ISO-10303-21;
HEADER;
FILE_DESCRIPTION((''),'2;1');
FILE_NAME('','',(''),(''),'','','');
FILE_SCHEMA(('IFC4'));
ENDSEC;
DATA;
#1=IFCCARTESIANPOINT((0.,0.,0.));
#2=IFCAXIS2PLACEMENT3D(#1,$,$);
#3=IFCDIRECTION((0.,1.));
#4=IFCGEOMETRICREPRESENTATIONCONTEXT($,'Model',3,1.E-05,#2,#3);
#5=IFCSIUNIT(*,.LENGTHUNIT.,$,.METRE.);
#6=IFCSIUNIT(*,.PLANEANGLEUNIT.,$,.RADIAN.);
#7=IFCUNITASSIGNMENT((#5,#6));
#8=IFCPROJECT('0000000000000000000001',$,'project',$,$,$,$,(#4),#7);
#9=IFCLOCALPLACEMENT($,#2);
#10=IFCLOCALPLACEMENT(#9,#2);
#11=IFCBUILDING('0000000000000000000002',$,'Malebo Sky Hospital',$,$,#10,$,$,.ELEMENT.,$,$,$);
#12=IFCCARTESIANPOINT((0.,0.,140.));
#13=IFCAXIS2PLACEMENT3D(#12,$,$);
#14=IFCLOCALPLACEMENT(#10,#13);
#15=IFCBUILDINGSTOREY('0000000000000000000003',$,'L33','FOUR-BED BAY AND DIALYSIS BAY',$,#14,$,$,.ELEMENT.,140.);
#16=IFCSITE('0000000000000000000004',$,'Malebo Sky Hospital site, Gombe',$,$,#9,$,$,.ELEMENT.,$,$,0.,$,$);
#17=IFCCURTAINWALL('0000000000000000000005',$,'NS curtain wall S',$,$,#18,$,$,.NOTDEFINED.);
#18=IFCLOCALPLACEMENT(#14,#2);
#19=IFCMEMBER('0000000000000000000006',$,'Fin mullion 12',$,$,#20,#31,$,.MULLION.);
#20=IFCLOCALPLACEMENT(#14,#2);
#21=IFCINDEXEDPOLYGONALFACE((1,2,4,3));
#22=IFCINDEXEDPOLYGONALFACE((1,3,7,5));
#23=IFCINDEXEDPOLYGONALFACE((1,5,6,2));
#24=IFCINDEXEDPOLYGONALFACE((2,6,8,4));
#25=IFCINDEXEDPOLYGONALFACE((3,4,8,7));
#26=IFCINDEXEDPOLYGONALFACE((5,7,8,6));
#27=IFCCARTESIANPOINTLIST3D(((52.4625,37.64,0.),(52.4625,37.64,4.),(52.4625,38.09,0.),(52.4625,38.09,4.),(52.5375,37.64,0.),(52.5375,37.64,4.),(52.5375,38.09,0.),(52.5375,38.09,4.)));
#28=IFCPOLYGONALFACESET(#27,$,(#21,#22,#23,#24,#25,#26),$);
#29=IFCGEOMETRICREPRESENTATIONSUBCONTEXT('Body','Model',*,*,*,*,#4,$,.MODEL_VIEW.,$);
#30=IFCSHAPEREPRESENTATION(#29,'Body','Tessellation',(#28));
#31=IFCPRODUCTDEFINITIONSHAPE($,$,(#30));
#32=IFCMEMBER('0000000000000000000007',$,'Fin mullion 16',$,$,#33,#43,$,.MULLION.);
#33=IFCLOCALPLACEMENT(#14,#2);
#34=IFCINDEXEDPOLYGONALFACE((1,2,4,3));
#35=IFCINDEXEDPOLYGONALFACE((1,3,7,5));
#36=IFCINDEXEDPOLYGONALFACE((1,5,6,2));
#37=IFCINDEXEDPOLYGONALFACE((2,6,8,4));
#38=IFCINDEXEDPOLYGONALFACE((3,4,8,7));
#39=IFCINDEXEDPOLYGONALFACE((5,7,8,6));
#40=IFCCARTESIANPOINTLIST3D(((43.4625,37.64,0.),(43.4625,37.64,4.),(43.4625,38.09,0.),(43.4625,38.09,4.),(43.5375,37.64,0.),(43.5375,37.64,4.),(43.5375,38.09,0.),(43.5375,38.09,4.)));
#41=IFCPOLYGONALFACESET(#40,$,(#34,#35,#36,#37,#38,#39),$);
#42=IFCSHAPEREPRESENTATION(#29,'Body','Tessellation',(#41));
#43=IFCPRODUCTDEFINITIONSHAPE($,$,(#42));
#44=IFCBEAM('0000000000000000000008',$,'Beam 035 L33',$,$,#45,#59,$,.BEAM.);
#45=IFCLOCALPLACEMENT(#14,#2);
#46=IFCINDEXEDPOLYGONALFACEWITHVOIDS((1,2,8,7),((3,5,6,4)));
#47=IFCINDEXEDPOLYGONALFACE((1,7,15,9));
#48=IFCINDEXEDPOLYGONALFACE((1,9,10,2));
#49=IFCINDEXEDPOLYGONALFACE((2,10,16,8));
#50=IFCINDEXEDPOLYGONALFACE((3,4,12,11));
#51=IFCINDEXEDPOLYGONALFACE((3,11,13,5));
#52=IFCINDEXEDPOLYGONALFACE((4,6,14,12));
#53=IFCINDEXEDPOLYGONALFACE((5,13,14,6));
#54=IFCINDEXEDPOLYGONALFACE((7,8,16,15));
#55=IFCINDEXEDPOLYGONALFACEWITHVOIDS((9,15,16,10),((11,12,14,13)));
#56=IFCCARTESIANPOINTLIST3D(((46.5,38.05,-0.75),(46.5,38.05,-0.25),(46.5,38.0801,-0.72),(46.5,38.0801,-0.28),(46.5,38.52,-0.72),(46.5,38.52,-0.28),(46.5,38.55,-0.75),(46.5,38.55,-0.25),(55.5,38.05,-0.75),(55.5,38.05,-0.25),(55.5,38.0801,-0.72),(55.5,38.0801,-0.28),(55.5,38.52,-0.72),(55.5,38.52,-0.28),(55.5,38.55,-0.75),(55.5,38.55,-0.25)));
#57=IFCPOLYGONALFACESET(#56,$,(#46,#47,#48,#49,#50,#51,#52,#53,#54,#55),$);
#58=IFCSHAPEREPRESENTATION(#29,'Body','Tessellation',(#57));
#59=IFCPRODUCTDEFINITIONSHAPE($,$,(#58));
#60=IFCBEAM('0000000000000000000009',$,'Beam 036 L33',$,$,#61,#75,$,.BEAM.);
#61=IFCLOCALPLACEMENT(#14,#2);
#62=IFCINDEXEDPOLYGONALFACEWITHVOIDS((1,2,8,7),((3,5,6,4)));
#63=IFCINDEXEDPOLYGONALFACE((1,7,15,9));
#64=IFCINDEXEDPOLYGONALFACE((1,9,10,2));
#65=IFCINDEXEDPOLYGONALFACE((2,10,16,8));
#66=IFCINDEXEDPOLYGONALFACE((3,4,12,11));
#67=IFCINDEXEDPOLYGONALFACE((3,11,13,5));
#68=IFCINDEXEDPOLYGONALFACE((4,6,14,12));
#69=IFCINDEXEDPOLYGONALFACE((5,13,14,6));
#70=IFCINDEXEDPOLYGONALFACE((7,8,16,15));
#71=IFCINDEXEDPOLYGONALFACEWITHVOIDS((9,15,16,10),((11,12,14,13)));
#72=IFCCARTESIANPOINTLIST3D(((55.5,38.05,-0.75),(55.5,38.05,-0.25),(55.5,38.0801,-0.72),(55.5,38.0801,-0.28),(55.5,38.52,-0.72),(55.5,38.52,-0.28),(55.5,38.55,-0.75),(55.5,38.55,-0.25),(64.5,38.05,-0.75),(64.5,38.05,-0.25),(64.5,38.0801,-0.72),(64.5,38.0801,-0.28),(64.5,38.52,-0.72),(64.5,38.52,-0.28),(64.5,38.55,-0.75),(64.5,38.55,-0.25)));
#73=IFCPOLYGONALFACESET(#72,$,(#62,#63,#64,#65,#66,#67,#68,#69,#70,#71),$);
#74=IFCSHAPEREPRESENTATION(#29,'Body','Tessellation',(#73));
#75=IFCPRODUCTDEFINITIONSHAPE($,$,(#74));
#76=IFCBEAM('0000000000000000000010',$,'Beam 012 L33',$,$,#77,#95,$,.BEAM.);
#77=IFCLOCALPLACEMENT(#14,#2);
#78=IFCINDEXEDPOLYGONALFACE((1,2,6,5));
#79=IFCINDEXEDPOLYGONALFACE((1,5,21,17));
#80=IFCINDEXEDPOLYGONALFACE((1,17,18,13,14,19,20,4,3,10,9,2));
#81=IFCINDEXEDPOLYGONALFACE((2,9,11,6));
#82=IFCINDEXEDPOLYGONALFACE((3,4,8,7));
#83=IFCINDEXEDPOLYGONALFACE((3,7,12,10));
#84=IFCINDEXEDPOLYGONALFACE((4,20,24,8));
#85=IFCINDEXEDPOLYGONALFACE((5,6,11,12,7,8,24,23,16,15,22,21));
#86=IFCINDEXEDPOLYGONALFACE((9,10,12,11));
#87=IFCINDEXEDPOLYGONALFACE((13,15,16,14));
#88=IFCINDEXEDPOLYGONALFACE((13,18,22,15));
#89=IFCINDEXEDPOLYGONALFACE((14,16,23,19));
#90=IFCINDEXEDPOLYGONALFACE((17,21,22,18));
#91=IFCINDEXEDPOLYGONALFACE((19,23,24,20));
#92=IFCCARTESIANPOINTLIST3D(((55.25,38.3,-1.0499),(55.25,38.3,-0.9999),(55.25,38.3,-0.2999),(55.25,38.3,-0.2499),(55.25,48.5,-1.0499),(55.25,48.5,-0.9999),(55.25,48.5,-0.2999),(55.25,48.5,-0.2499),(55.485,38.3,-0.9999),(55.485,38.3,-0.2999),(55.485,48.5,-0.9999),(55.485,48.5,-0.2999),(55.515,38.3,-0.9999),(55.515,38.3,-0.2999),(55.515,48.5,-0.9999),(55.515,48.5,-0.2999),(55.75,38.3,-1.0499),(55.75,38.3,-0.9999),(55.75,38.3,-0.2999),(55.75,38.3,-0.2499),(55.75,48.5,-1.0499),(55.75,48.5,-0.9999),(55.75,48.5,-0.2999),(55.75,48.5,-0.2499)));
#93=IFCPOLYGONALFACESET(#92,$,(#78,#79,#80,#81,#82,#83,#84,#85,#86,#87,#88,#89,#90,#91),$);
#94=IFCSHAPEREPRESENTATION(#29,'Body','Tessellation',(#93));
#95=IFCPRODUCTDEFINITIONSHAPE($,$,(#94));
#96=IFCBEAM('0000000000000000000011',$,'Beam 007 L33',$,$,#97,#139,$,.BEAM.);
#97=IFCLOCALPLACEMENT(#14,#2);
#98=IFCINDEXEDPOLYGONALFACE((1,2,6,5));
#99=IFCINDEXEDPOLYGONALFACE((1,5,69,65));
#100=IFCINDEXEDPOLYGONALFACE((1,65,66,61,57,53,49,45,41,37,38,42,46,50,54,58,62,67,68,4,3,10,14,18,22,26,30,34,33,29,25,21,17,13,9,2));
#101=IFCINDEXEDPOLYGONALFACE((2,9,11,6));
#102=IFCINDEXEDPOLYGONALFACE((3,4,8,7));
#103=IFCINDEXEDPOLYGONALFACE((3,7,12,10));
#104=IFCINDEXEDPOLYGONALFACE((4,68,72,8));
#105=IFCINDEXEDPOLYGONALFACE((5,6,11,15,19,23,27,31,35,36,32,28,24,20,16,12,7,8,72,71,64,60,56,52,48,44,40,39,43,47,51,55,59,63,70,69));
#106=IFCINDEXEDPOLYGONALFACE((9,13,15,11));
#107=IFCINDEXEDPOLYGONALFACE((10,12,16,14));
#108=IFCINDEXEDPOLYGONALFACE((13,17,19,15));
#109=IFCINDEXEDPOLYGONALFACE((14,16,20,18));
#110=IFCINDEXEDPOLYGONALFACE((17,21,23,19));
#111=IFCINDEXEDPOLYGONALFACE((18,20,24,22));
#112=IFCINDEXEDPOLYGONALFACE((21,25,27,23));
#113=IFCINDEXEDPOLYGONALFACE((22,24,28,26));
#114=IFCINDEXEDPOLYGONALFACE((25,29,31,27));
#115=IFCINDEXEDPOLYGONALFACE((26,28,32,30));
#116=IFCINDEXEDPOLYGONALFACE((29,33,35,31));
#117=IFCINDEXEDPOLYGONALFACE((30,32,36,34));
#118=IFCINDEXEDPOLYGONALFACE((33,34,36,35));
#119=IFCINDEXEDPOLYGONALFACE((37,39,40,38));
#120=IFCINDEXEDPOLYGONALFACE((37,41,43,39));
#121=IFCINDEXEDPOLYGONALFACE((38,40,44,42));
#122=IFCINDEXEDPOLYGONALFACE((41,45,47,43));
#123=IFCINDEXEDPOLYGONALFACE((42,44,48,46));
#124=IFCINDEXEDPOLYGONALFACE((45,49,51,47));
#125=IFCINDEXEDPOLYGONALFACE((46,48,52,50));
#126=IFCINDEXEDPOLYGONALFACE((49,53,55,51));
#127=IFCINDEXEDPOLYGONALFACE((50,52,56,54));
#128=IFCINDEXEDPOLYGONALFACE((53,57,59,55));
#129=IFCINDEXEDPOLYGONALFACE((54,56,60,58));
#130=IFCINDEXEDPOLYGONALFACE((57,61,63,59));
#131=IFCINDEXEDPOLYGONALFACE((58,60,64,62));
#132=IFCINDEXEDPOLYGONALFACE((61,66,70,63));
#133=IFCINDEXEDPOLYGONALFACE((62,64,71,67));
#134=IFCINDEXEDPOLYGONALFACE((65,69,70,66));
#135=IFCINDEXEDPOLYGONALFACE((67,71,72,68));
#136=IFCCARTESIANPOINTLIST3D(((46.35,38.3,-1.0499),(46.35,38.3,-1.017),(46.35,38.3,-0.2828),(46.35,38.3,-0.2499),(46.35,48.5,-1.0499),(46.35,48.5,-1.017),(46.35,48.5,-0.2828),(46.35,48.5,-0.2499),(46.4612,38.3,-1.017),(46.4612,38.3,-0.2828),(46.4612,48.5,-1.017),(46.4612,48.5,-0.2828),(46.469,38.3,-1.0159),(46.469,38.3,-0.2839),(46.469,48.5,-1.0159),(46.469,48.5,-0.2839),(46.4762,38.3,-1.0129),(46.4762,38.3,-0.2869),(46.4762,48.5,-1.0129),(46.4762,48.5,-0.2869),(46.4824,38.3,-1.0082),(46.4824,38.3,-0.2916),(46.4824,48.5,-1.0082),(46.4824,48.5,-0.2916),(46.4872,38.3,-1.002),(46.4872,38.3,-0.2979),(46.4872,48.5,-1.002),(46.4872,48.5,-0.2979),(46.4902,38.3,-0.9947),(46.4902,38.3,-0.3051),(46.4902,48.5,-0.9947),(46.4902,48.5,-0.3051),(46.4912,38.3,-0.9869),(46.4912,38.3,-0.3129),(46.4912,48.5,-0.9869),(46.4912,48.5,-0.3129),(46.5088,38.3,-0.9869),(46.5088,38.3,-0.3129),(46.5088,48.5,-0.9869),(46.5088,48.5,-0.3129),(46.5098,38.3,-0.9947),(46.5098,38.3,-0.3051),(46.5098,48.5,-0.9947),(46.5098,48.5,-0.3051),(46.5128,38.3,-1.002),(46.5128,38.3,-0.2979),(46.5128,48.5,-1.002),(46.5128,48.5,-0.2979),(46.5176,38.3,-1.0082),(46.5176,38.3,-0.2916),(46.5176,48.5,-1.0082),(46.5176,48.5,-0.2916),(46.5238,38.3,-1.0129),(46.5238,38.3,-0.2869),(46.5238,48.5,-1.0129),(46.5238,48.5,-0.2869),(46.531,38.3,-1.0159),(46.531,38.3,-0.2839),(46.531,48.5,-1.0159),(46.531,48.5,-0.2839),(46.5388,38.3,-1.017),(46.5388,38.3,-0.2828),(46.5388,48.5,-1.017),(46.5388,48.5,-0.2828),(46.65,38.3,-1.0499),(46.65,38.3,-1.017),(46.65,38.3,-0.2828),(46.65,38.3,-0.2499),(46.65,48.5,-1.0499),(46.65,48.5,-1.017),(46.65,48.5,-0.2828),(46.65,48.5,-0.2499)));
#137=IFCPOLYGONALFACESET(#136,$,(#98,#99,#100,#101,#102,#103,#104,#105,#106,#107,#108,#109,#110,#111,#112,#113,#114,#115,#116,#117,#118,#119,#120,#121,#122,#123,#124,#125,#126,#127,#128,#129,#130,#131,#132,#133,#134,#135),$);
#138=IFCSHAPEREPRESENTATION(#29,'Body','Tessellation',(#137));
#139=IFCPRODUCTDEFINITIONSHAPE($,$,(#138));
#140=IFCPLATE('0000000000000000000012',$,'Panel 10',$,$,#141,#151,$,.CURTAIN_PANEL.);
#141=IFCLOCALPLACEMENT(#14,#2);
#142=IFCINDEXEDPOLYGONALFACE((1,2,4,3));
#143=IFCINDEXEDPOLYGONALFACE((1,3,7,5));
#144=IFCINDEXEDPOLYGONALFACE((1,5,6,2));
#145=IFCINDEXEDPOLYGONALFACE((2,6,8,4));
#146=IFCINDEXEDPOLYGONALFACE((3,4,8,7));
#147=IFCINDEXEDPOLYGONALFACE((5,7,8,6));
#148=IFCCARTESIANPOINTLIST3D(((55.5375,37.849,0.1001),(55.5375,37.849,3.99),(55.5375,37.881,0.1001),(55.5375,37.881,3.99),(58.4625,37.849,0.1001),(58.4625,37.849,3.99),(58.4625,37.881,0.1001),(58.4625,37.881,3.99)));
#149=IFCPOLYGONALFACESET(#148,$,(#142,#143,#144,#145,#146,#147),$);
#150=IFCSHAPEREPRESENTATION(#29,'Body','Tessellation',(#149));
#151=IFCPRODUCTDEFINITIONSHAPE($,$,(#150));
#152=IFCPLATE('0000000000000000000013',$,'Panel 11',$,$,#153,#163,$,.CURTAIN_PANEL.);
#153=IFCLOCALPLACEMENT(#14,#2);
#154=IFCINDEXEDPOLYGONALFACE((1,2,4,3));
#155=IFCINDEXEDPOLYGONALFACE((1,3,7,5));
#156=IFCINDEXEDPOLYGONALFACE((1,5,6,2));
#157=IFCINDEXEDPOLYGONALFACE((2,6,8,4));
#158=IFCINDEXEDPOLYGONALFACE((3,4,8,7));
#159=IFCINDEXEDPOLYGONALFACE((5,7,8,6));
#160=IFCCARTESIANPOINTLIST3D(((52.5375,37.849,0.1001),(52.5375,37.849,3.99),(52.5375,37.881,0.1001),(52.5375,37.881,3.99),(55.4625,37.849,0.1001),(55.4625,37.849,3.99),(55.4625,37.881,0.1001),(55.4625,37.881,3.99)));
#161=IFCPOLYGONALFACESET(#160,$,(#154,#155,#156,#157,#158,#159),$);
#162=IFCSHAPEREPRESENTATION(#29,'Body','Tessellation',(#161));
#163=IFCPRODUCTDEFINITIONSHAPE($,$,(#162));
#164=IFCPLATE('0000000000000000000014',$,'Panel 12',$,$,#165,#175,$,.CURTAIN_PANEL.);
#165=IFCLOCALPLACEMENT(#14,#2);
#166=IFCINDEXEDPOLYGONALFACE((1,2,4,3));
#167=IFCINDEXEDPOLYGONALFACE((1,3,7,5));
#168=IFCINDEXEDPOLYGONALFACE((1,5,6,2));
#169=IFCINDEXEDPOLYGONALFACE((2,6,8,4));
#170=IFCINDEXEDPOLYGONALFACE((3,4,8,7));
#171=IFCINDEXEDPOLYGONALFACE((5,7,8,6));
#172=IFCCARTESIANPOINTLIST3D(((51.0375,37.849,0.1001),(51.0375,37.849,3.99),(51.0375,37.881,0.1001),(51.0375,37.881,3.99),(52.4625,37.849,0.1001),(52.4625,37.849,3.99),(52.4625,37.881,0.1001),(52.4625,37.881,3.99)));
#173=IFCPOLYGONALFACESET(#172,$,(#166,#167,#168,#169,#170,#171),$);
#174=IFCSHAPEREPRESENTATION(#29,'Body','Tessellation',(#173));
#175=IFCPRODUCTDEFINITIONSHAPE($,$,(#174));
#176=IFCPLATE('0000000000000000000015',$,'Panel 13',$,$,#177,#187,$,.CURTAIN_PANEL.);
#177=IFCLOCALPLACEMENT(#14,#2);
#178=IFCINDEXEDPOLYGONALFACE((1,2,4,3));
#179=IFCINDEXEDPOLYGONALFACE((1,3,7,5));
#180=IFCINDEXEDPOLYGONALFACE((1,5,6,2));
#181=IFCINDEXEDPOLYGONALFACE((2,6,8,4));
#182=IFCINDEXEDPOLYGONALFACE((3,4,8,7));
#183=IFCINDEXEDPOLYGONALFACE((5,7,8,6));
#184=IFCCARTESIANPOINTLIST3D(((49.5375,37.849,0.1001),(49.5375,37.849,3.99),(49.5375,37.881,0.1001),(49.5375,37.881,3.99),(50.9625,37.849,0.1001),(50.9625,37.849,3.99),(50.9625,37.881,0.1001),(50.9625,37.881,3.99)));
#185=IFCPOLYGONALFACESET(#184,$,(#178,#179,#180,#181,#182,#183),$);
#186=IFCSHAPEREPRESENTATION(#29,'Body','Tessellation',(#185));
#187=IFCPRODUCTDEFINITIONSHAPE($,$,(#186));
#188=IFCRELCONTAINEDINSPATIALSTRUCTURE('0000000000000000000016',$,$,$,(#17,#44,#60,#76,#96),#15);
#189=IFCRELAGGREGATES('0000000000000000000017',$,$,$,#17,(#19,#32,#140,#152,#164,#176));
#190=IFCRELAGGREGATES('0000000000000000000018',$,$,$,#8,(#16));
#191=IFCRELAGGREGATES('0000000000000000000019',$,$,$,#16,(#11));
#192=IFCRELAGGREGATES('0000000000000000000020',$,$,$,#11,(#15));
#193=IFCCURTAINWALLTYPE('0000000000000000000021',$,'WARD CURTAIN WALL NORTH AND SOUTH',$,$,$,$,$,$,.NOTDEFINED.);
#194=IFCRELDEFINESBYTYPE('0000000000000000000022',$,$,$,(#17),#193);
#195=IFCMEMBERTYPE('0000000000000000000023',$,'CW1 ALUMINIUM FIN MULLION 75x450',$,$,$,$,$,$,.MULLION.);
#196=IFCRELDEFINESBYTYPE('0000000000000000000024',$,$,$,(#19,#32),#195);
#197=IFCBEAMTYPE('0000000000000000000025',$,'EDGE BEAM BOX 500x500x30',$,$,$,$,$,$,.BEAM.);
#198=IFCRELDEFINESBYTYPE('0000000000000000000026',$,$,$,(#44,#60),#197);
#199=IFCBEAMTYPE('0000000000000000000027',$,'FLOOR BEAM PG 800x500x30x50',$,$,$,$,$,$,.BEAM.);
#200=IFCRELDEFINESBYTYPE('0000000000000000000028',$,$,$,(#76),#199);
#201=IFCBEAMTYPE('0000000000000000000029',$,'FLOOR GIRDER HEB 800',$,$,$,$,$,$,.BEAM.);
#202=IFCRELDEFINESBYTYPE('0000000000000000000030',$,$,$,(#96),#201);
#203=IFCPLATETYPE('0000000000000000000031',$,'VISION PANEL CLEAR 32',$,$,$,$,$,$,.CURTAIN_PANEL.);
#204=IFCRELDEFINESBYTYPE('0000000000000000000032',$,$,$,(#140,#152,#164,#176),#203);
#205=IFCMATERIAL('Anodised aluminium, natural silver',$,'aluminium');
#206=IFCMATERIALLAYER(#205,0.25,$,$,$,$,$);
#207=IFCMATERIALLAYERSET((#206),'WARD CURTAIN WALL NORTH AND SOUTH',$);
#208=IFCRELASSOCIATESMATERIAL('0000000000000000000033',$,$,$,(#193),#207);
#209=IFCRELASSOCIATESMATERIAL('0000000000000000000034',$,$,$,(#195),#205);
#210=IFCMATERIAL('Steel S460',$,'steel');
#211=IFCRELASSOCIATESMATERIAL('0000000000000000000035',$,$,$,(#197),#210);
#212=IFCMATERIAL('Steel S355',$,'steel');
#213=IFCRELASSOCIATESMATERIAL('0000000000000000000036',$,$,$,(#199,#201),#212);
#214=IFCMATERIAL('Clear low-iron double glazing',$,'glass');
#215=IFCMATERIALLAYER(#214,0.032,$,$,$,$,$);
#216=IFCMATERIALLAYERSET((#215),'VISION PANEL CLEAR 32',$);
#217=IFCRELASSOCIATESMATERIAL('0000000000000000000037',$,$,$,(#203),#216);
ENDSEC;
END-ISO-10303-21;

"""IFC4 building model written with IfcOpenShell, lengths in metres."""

from ifc_helpers import new_model, si_unit, direction, frame, origin, origin_2d, place, context, subcontext, project, spatial, rectangle, hollow_rectangle, i_section, extrude, material, layer, layer_set, material_profile, profile_set, type_object, element, aggregate, save


model = new_model("IFC4")

# Units and contexts
model_context = context("Model", 3, precision=1e-05, world=origin(), true_north=direction((0.0, 1.0)))
body_context = subcontext(model_context, "Body", "Model", "MODEL_VIEW")
ifc_project = project(units=[si_unit("LENGTHUNIT", "METRE"), si_unit("PLANEANGLEUNIT", "RADIAN")], contexts=[model_context])

# Site, building, storey
site_placement = place(None, origin())
site = spatial("IfcSite", under=ifc_project, at=site_placement, Name="Malebo Sky Hospital site, Gombe", CompositionType="ELEMENT", RefElevation=0.0)
building_placement = place(site_placement, origin())
building = spatial("IfcBuilding", under=site, at=building_placement, Name="Malebo Sky Hospital", CompositionType="ELEMENT")
storey_placement = place(building_placement, frame((0.0, 0.0, 140.0)))
storey = spatial("IfcBuildingStorey", under=building, at=storey_placement, Name="L33", Description="FOUR-BED BAY AND DIALYSIS BAY", CompositionType="ELEMENT", Elevation=140.0)

# Shared definitions
ifc_material_1 = material(Name="Steel S460", Category="steel")

# Curtain wall, members
ifc_material_2 = material(Name="Anodised aluminium, natural silver", Category="aluminium")
ifc_layer_1 = layer(ifc_material_2, 0.25)
ifc_layer_set_1 = layer_set([ifc_layer_1], Name="WARD CURTAIN WALL NORTH AND SOUTH")
curtain_wall_type = type_object("IfcCurtainWallType", Name="WARD CURTAIN WALL NORTH AND SOUTH", PredefinedType="NOTDEFINED", material=ifc_layer_set_1)
curtain_wall_placement = place(storey_placement, origin())
curtain_wall = element("IfcCurtainWall", 1, at=curtain_wall_placement, inside=storey, type_object=curtain_wall_type, Name="NS curtain wall S", PredefinedType="NOTDEFINED")
ifc_material_profile_1 = material_profile(ifc_material_2, rectangle(XDim=0.075, YDim=0.45, at=origin_2d()), Name="CW1 ALUMINIUM FIN MULLION 75x450")
ifc_profile_set_1 = profile_set([ifc_material_profile_1], Name="Anodised aluminium, natural silver")
member_type_1 = type_object("IfcMemberType", Name="CW1 ALUMINIUM FIN MULLION 75x450", PredefinedType="MULLION", material=ifc_profile_set_1)
member_1_placement = place(storey_placement, frame((52.5, 37.865, 0.0), z_axis=(0.0, 0.0, 1.0), x_axis=(-1.0, 0.0, 0.0)))
member_1 = element("IfcMember", 2, at=member_1_placement, type_object=member_type_1, Name="Fin mullion 12", PredefinedType="MULLION", context=body_context, shape_type="SweptSolid", body=[
    extrude(rectangle(XDim=0.075, YDim=0.45, at=origin_2d()), origin(), (0.0, 0.0, 1.0), 4.0),
])
member_2_placement = place(storey_placement, frame((43.5, 37.865, 0.0), z_axis=(0.0, 0.0, 1.0), x_axis=(-1.0, 0.0, 0.0)))
member_2 = element("IfcMember", 3, at=member_2_placement, type_object=member_type_1, Name="Fin mullion 16", PredefinedType="MULLION", context=body_context, shape_type="SweptSolid", body=[
    extrude(rectangle(XDim=0.075, YDim=0.45, at=origin_2d()), origin(), (0.0, 0.0, 1.0), 4.0),
])

# Beams
ifc_material_profile_2 = material_profile(ifc_material_1, hollow_rectangle(XDim=0.5, YDim=0.5, WallThickness=0.03, at=origin_2d()), Name="BOX 500x500x30")
ifc_profile_set_2 = profile_set([ifc_material_profile_2], Name="Steel S460")
beam_type_1 = type_object("IfcBeamType", Name="EDGE BEAM BOX 500x500x30", PredefinedType="BEAM", material=ifc_profile_set_2)
for number, where, z_axis, x_axis, name in (
    (4, (46.5, 38.3, -0.5), (1.0, 0.0, 0.0), (0.0, 1.0, 0.0), "Beam 035 L33"),
    (5, (55.5, 38.3, -0.5), (1.0, 0.0, 0.0), (0.0, 1.0, 0.0), "Beam 036 L33"),
):
    element("IfcBeam", number, at=place(storey_placement, frame(where, z_axis=z_axis, x_axis=x_axis)), inside=storey, type_object=beam_type_1, Name=name, PredefinedType="BEAM", context=body_context, shape_type="SweptSolid", body=[
        extrude(hollow_rectangle(XDim=0.5, YDim=0.5, WallThickness=0.03, at=origin_2d()), origin(), (0.0, 0.0, 1.0), 9.0),
    ])
ifc_material_3 = material(Name="Steel S355", Category="steel")
ifc_material_profile_3 = material_profile(ifc_material_3, i_section(OverallWidth=0.5, OverallDepth=0.8, WebThickness=0.03, FlangeThickness=0.05, at=origin_2d()), Name="PG 800x500x30x50")
ifc_profile_set_3 = profile_set([ifc_material_profile_3], Name="Steel S355")
beam_type_2 = type_object("IfcBeamType", Name="FLOOR BEAM PG 800x500x30x50", PredefinedType="BEAM", material=ifc_profile_set_3)
beam_1_placement = place(storey_placement, frame((55.5, 38.3, -0.6499), z_axis=(0.0, 1.0, 0.0), x_axis=(-1.0, 0.0, 0.0)))
element("IfcBeam", 6, at=beam_1_placement, inside=storey, type_object=beam_type_2, Name="Beam 012 L33", PredefinedType="BEAM", context=body_context, shape_type="SweptSolid", body=[
    extrude(i_section(OverallWidth=0.5, OverallDepth=0.8, WebThickness=0.03, FlangeThickness=0.05, at=origin_2d()), origin(), (0.0, 0.0, 1.0), 10.2),
])
ifc_material_profile_4 = material_profile(ifc_material_3, i_section(OverallWidth=0.3, OverallDepth=0.8, WebThickness=0.0176, FlangeThickness=0.033, FilletRadius=0.03, at=origin_2d()), Name="HEB 800")
ifc_profile_set_4 = profile_set([ifc_material_profile_4], Name="Steel S355")
beam_type_3 = type_object("IfcBeamType", Name="FLOOR GIRDER HEB 800", PredefinedType="BEAM", material=ifc_profile_set_4)
beam_2_placement = place(storey_placement, frame((46.5, 38.3, -0.6499), z_axis=(0.0, 1.0, 0.0), x_axis=(-1.0, 0.0, 0.0)))
element("IfcBeam", 7, at=beam_2_placement, inside=storey, type_object=beam_type_3, Name="Beam 007 L33", PredefinedType="BEAM", context=body_context, shape_type="SweptSolid", body=[
    extrude(i_section(OverallWidth=0.3, OverallDepth=0.8, WebThickness=0.0176, FlangeThickness=0.033, FilletRadius=0.03, at=origin_2d()), origin(), (0.0, 0.0, 1.0), 10.2),
])

# Plates
ifc_material_4 = material(Name="Clear low-iron double glazing", Category="glass")
ifc_layer_2 = layer(ifc_material_4, 0.032)
ifc_layer_set_2 = layer_set([ifc_layer_2], Name="VISION PANEL CLEAR 32")
plate_type = type_object("IfcPlateType", Name="VISION PANEL CLEAR 32", PredefinedType="CURTAIN_PANEL", material=ifc_layer_set_2)
plate_1_placement = place(storey_placement, frame((57.0, 37.865, 0.1001), z_axis=(0.0, 0.0, 1.0), x_axis=(-1.0, 0.0, 0.0)))
plate_1 = element("IfcPlate", 8, at=plate_1_placement, type_object=plate_type, Name="Panel 10", PredefinedType="CURTAIN_PANEL", context=body_context, shape_type="SweptSolid", body=[
    extrude(rectangle(XDim=2.925, YDim=0.032, at=origin_2d()), origin(), (0.0, 0.0, 1.0), 3.8899),
])
plate_2_placement = place(storey_placement, frame((54.0, 37.865, 0.1001), z_axis=(0.0, 0.0, 1.0), x_axis=(-1.0, 0.0, 0.0)))
plate_2 = element("IfcPlate", 9, at=plate_2_placement, type_object=plate_type, Name="Panel 11", PredefinedType="CURTAIN_PANEL", context=body_context, shape_type="SweptSolid", body=[
    extrude(rectangle(XDim=2.925, YDim=0.032, at=origin_2d()), origin(), (0.0, 0.0, 1.0), 3.8899),
])
plate_3_placement = place(storey_placement, frame((51.75, 37.865, 0.1001), z_axis=(0.0, 0.0, 1.0), x_axis=(-1.0, 0.0, 0.0)))
plate_3 = element("IfcPlate", 10, at=plate_3_placement, type_object=plate_type, Name="Panel 12", PredefinedType="CURTAIN_PANEL", context=body_context, shape_type="SweptSolid", body=[
    extrude(rectangle(XDim=1.425, YDim=0.032, at=origin_2d()), origin(), (0.0, 0.0, 1.0), 3.8899),
])
plate_4_placement = place(storey_placement, frame((50.25, 37.865, 0.1001), z_axis=(0.0, 0.0, 1.0), x_axis=(-1.0, 0.0, 0.0)))
plate_4 = element("IfcPlate", 11, at=plate_4_placement, type_object=plate_type, Name="Panel 13", PredefinedType="CURTAIN_PANEL", context=body_context, shape_type="SweptSolid", body=[
    extrude(rectangle(XDim=1.425, YDim=0.032, at=origin_2d()), origin(), (0.0, 0.0, 1.0), 3.8899),
])
aggregate(curtain_wall, [member_1, member_2, plate_1, plate_2, plate_3, plate_4])

save(model, "model.ifc")
